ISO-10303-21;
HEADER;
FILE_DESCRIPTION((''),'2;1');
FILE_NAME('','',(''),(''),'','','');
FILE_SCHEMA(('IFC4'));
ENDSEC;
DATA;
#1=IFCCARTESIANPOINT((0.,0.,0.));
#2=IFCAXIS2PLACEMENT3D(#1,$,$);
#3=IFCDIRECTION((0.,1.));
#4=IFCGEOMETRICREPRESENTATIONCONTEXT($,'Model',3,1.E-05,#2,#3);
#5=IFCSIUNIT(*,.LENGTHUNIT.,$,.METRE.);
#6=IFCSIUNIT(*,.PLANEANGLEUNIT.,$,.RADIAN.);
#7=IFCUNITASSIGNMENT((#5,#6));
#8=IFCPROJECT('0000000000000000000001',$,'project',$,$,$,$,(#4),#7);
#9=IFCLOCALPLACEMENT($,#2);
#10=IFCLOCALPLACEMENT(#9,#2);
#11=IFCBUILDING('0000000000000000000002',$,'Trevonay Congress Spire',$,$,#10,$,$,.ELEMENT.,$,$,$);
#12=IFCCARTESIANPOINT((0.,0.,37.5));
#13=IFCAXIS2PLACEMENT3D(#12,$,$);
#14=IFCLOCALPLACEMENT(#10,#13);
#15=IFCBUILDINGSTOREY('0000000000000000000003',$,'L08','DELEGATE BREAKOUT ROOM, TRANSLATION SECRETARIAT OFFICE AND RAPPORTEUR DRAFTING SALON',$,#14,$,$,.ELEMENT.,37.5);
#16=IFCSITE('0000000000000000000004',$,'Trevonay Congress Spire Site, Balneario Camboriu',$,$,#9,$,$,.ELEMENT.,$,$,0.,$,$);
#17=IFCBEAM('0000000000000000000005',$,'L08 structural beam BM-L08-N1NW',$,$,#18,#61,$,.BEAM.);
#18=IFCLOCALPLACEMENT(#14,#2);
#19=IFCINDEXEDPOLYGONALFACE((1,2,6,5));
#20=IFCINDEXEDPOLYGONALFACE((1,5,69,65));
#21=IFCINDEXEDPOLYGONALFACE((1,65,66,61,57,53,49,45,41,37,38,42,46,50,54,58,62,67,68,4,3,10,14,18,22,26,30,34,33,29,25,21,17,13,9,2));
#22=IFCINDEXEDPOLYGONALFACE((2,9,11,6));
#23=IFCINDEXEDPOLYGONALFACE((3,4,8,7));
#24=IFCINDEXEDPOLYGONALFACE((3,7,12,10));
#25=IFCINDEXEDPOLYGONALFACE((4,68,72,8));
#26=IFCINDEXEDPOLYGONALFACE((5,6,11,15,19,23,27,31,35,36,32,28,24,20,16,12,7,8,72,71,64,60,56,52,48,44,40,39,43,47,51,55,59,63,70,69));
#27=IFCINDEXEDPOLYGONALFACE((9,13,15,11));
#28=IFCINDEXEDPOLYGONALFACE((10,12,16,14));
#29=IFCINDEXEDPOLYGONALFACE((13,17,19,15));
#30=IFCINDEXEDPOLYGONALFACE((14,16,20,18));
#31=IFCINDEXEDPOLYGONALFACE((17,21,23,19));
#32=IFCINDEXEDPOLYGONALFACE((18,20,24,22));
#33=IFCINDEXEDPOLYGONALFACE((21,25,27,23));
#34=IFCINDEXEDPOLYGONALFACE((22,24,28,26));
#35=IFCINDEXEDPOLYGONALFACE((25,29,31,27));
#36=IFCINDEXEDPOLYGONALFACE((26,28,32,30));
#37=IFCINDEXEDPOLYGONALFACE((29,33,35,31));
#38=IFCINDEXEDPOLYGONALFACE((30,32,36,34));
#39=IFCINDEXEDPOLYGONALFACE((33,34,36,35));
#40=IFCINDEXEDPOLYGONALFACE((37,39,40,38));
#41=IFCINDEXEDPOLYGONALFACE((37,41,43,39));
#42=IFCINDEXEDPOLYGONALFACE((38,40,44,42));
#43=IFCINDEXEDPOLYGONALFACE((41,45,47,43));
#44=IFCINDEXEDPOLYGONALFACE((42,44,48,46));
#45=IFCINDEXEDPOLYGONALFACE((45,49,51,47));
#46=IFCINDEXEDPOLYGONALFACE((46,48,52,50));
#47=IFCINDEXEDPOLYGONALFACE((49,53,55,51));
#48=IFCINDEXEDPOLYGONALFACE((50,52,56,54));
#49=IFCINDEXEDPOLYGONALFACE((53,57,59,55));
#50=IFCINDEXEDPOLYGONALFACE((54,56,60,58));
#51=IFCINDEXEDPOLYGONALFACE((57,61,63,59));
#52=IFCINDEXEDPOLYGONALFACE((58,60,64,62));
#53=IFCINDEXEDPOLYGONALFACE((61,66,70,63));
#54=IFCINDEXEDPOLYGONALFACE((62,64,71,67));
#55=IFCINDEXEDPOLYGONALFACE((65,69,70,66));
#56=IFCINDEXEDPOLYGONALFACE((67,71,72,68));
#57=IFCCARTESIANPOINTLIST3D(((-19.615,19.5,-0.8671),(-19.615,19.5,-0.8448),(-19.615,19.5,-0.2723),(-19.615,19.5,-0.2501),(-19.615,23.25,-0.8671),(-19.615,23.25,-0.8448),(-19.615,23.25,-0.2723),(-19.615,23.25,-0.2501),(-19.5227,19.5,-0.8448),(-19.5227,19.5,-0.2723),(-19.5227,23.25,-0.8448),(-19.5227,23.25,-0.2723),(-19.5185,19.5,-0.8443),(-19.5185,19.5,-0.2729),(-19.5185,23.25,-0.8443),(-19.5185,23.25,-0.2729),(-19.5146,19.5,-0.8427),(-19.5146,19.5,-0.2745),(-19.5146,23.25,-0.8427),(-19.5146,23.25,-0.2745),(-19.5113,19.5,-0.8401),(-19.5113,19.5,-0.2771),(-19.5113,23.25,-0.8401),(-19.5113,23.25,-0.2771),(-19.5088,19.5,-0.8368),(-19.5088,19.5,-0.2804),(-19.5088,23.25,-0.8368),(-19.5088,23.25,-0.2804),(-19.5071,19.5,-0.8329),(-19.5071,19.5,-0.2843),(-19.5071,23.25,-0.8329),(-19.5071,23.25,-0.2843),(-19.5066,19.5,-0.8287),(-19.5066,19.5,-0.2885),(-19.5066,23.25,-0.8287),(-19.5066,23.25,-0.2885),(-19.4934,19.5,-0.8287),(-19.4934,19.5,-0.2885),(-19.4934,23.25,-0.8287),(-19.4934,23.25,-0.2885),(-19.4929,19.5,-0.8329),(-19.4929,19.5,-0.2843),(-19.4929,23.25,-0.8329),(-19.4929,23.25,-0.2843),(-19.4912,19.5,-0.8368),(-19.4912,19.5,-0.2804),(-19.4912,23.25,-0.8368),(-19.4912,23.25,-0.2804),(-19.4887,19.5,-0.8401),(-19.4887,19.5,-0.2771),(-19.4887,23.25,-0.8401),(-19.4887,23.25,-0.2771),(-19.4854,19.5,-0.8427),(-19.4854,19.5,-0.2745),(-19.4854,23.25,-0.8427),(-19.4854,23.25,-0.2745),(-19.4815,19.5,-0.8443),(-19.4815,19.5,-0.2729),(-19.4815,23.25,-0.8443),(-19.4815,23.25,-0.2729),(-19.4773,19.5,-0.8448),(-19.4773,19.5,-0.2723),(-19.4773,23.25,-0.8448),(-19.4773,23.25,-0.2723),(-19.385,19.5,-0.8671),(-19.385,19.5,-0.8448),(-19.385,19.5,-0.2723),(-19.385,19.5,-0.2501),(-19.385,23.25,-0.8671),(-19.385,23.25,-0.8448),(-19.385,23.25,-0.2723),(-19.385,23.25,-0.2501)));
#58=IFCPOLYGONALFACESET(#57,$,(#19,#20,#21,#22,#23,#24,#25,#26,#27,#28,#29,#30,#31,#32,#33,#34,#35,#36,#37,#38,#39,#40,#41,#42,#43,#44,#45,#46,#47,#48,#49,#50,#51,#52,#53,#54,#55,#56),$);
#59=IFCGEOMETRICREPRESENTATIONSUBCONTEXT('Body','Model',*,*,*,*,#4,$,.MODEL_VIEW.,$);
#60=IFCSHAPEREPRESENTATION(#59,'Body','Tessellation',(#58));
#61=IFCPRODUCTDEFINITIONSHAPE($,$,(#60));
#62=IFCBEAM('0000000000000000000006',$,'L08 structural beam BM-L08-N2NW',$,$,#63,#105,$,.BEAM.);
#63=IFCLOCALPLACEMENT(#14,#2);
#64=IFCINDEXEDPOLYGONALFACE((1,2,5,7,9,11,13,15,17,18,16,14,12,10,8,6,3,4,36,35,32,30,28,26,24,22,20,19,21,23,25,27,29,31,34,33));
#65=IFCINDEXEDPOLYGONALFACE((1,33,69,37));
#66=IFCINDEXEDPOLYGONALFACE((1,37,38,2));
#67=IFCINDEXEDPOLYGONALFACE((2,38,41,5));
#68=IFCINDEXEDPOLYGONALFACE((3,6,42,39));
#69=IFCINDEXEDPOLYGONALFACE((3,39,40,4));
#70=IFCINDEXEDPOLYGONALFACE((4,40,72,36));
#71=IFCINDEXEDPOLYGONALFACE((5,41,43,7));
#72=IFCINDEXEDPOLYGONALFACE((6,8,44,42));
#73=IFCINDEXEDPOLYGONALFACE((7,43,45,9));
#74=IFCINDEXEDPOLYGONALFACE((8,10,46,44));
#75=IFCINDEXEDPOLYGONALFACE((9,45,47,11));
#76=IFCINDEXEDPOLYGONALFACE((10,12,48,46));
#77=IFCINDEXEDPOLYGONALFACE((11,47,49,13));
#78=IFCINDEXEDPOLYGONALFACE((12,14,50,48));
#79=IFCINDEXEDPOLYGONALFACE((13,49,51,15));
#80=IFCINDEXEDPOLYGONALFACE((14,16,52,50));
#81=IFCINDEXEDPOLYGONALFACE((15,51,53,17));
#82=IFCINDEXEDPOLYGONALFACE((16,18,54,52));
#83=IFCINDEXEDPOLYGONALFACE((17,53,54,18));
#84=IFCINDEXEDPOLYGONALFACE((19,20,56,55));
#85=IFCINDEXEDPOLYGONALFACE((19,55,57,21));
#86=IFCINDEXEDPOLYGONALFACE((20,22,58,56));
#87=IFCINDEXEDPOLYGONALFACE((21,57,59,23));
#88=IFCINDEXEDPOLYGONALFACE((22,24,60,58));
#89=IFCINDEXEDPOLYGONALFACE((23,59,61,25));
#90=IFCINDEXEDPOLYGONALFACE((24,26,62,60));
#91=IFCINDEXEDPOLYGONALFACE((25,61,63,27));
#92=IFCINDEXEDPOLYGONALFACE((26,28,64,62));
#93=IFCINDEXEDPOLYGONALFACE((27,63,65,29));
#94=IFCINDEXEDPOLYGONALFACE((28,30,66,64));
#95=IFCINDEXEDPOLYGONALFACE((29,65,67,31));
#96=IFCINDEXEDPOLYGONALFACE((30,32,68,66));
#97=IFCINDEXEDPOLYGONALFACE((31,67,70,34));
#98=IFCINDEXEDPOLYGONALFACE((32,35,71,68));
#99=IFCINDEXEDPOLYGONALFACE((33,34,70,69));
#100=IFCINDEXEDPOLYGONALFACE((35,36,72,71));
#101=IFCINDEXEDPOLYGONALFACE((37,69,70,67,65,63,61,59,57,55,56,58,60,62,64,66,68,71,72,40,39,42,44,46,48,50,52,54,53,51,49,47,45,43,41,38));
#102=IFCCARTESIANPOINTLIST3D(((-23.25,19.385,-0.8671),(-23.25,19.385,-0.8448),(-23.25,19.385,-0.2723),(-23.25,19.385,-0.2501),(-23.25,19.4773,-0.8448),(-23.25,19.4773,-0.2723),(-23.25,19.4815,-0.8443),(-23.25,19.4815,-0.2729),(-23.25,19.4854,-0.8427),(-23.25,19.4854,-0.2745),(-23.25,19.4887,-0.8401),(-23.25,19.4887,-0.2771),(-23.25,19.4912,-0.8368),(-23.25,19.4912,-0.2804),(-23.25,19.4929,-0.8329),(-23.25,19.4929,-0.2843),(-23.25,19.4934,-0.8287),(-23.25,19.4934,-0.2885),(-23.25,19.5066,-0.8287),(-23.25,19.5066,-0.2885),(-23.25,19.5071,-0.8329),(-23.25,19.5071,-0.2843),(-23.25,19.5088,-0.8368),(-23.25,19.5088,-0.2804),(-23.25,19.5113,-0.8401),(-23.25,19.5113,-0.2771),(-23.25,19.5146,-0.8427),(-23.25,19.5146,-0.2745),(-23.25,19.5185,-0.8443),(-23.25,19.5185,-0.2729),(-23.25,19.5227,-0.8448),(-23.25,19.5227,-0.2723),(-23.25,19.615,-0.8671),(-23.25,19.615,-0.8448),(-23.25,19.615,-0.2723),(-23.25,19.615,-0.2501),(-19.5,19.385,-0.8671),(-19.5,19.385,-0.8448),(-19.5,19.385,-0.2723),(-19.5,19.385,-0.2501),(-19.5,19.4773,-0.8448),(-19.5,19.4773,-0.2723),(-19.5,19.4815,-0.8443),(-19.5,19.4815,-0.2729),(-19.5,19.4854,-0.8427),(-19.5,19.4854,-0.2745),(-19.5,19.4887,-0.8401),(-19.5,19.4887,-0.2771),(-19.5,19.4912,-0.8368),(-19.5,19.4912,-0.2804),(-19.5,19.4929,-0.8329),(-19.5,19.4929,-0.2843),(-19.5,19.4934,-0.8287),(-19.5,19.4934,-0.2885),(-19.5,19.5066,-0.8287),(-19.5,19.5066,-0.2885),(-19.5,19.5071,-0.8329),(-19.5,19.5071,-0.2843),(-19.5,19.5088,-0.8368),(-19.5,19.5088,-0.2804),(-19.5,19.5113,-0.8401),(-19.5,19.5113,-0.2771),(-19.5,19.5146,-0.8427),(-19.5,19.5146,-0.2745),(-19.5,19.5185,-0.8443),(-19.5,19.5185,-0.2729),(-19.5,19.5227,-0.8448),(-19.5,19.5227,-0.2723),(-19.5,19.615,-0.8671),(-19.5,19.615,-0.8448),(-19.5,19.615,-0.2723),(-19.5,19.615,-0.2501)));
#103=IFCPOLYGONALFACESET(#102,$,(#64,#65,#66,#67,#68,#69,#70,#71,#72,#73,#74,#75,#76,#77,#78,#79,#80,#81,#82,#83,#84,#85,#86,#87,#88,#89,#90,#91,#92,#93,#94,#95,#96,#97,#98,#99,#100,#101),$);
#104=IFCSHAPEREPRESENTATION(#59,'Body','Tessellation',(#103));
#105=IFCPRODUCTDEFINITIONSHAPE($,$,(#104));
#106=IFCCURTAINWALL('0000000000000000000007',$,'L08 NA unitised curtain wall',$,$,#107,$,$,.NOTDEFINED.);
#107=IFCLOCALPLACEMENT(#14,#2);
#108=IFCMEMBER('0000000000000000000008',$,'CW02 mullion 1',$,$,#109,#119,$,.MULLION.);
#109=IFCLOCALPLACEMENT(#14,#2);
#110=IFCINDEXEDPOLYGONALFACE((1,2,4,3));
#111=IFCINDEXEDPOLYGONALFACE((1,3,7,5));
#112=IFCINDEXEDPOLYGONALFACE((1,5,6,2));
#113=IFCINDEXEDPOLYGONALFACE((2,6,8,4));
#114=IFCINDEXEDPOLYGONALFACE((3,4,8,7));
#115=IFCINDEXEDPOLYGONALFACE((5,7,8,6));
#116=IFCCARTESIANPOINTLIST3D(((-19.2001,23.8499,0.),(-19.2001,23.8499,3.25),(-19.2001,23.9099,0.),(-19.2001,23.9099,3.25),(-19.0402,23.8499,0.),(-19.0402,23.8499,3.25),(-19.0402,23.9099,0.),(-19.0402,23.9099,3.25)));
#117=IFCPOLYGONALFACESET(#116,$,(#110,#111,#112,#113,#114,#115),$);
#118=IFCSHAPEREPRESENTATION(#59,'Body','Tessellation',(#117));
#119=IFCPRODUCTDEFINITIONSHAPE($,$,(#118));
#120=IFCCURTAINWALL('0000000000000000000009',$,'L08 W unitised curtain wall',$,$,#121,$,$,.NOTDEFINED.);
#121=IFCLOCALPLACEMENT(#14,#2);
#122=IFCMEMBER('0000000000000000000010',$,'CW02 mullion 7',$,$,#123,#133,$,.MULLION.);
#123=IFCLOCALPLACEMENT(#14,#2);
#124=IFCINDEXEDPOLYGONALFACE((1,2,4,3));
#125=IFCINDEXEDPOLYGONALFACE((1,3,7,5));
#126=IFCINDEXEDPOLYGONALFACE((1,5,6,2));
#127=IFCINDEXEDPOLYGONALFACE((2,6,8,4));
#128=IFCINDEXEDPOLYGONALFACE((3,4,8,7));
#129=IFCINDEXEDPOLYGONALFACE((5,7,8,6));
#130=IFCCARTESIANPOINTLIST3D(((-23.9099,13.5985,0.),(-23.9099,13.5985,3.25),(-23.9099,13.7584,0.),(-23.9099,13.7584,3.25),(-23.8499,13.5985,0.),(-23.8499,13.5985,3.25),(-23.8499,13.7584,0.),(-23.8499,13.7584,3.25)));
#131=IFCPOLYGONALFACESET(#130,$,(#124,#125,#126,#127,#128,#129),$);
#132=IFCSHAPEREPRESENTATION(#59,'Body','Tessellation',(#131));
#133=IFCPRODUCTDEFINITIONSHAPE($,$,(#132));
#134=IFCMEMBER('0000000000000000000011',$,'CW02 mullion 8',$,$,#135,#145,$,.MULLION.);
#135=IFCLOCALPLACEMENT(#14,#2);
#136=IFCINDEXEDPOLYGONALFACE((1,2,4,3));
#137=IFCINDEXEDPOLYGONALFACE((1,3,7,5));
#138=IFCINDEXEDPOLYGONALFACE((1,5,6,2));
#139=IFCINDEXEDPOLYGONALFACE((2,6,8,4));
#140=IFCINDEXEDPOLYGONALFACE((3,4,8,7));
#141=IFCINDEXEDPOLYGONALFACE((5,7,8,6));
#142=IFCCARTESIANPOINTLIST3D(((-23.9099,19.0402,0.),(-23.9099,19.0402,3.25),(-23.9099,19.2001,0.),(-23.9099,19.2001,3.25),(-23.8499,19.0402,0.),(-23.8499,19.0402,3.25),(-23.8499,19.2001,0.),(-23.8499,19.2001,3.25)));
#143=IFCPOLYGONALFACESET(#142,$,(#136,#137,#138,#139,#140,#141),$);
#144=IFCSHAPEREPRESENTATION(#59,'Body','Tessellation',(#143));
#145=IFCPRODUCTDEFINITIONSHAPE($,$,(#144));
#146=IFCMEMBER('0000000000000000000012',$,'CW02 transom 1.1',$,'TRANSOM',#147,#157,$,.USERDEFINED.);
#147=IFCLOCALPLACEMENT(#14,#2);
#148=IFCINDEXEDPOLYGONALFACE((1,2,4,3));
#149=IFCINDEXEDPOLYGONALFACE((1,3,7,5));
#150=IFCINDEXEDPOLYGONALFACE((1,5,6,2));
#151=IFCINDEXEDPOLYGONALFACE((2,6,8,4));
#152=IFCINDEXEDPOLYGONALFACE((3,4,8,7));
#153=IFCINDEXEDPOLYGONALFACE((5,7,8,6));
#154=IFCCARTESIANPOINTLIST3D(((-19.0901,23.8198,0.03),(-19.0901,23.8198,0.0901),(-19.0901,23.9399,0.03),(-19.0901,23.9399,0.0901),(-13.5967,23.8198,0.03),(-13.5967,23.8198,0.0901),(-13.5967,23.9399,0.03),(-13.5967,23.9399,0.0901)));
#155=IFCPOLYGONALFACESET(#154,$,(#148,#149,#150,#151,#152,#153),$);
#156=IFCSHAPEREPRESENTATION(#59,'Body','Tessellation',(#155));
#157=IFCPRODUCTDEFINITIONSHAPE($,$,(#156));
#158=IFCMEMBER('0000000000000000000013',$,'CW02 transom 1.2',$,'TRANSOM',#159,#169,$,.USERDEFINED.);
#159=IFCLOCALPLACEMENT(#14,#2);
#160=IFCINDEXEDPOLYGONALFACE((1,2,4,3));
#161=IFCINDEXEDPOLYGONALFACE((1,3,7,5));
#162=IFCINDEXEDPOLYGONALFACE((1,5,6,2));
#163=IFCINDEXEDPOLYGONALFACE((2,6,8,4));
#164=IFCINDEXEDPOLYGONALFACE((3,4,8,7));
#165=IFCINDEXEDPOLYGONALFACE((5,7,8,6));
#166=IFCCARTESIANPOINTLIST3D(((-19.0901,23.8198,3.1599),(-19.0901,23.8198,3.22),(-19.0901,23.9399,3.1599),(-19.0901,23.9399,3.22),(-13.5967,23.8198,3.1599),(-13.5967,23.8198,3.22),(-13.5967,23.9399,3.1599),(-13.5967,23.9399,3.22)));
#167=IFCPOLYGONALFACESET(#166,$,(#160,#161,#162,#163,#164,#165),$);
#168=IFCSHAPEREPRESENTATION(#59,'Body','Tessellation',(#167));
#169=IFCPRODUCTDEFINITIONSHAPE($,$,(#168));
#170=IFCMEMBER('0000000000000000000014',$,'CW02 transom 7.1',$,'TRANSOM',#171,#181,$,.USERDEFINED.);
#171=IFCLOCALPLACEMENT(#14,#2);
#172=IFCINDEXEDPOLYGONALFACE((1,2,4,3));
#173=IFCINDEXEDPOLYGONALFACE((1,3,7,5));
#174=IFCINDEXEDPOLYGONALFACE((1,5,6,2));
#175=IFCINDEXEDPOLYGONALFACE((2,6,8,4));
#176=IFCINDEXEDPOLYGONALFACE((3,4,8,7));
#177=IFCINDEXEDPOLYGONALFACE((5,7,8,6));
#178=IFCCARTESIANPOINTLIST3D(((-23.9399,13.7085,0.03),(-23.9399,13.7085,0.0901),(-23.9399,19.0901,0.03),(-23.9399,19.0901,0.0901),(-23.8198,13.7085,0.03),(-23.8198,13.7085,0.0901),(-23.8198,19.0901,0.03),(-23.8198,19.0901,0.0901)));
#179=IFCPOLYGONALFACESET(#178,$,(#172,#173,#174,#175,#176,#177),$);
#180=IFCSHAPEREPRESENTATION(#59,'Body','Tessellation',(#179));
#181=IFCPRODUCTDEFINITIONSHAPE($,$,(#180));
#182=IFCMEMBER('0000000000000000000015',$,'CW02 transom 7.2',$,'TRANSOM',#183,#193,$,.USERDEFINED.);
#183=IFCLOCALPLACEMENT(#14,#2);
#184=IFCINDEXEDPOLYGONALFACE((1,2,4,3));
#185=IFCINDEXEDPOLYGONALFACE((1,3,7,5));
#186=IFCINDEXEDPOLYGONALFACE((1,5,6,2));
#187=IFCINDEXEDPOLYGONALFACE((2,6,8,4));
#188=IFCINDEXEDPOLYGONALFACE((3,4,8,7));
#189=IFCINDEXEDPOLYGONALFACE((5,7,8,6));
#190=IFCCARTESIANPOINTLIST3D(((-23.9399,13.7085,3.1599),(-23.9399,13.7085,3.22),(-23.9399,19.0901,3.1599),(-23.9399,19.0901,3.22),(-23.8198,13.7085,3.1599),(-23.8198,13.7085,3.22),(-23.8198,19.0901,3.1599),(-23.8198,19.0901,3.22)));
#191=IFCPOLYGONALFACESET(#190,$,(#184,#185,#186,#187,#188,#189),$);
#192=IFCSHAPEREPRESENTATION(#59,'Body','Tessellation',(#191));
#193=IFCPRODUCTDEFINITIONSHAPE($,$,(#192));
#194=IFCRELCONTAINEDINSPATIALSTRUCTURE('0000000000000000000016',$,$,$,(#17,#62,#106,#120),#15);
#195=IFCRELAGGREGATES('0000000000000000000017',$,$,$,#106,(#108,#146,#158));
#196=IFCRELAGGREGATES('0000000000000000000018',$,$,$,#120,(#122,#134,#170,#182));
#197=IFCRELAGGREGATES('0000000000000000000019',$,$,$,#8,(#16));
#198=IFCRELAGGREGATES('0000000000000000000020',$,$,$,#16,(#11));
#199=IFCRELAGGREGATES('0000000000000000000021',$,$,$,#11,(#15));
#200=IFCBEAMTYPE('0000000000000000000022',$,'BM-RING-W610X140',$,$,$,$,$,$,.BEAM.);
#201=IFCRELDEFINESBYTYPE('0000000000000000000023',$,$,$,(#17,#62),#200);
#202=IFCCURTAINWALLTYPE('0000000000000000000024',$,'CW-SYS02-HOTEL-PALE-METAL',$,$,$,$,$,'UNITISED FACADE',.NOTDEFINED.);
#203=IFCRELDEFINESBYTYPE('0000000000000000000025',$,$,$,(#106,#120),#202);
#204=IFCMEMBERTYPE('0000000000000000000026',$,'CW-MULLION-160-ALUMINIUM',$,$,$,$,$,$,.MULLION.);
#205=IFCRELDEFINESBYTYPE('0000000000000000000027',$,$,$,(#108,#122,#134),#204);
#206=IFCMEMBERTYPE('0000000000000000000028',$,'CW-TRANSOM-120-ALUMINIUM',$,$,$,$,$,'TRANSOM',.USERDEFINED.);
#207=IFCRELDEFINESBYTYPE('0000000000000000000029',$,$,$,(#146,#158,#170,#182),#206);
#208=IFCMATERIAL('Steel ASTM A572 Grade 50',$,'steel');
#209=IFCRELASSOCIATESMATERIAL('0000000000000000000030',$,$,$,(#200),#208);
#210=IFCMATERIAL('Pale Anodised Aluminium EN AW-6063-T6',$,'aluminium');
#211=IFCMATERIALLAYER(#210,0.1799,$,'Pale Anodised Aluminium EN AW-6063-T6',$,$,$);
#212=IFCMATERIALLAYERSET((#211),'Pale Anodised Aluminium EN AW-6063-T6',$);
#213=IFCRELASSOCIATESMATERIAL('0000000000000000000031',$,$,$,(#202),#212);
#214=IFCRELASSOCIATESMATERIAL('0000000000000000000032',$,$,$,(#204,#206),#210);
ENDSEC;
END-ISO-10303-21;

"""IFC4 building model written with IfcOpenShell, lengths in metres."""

from ifc_helpers import new_model, si_unit, direction, frame, origin, origin_2d, place, context, subcontext, project, spatial, rectangle, i_section, extrude, material, layer, layer_set, material_profile, profile_set, type_object, element, aggregate, save


model = new_model("IFC4")

# Units and contexts
model_context = context("Model", 3, precision=1e-05, world=origin(), true_north=direction((0.0, 1.0)))
body_context = subcontext(model_context, "Body", "Model", "MODEL_VIEW")
ifc_project = project(units=[si_unit("LENGTHUNIT", "METRE"), si_unit("PLANEANGLEUNIT", "RADIAN")], contexts=[model_context])

# Site, building, storey
site_placement = place(None, origin())
site = spatial("IfcSite", under=ifc_project, at=site_placement, Name="Trevonay Congress Spire Site, Balneario Camboriu", CompositionType="ELEMENT", RefElevation=0.0)
building_placement = place(site_placement, origin())
building = spatial("IfcBuilding", under=site, at=building_placement, Name="Trevonay Congress Spire", CompositionType="ELEMENT")
storey_placement = place(building_placement, frame((0.0, 0.0, 37.5)))
storey = spatial("IfcBuildingStorey", under=building, at=storey_placement, Name="L08", Description="DELEGATE BREAKOUT ROOM, TRANSLATION SECRETARIAT OFFICE AND RAPPORTEUR DRAFTING SALON", CompositionType="ELEMENT", Elevation=37.5)

# Shared definitions
ifc_material_1 = material(Name="Steel ASTM A572 Grade 50", Category="steel")

# Beams
ifc_material_profile_1 = material_profile(ifc_material_1, i_section(OverallWidth=0.23, OverallDepth=0.6169, WebThickness=0.0132, FlangeThickness=0.0222, FilletRadius=0.0161, at=origin_2d()), Name="W610x140")
ifc_profile_set_1 = profile_set([ifc_material_profile_1], Name="Steel ASTM A572 Grade 50")
beam_type_1 = type_object("IfcBeamType", Name="BM-RING-W610X140", PredefinedType="BEAM", material=ifc_profile_set_1)
for number, where, z_axis, x_axis, name in (
    (1, (-19.5, 23.25, -0.5586), (0.0, -1.0, 0.0), (1.0, 0.0, 0.0), "L08 structural beam BM-L08-N1NW"),
    (2, (-23.25, 19.5, -0.5586), (1.0, 0.0, 0.0), (0.0, 1.0, 0.0), "L08 structural beam BM-L08-N2NW"),
):
    element("IfcBeam", number, at=place(storey_placement, frame(where, z_axis=z_axis, x_axis=x_axis)), inside=storey, type_object=beam_type_1, Name=name, PredefinedType="BEAM", context=body_context, shape_type="SweptSolid", body=[
        extrude(i_section(OverallWidth=0.23, OverallDepth=0.6169, WebThickness=0.0132, FlangeThickness=0.0222, FilletRadius=0.0161, at=origin_2d()), origin(), (0.0, 0.0, 1.0), 3.75),
    ])

# Curtain wall, member
ifc_material_2 = material(Name="Pale Anodised Aluminium EN AW-6063-T6", Category="aluminium")
ifc_layer_1 = layer(ifc_material_2, 0.1799, Name="Pale Anodised Aluminium EN AW-6063-T6")
ifc_layer_set_1 = layer_set([ifc_layer_1], Name="Pale Anodised Aluminium EN AW-6063-T6")
curtain_wall_type = type_object("IfcCurtainWallType", Name="CW-SYS02-HOTEL-PALE-METAL", ElementType="UNITISED FACADE", PredefinedType="NOTDEFINED", material=ifc_layer_set_1)
curtain_wall_1_placement = place(storey_placement, origin())
curtain_wall_1 = element("IfcCurtainWall", 3, at=curtain_wall_1_placement, inside=storey, type_object=curtain_wall_type, Name="L08 NA unitised curtain wall", PredefinedType="NOTDEFINED")
ifc_material_profile_2 = material_profile(ifc_material_2, rectangle(XDim=0.0601, YDim=0.1599, at=origin_2d()), Name="CW-MULLION-160-ALUMINIUM")
ifc_profile_set_2 = profile_set([ifc_material_profile_2], Name="Pale Anodised Aluminium EN AW-6063-T6")
member_type_1 = type_object("IfcMemberType", Name="CW-MULLION-160-ALUMINIUM", PredefinedType="MULLION", material=ifc_profile_set_2)
member_1_placement = place(storey_placement, frame((-19.1201, 23.8799, 0.0), z_axis=(0.0, 0.0, 1.0), x_axis=(0.0, 1.0, 0.0)))
member_1 = element("IfcMember", 4, at=member_1_placement, type_object=member_type_1, Name="CW02 mullion 1", PredefinedType="MULLION", context=body_context, shape_type="SweptSolid", body=[
    extrude(rectangle(XDim=0.0601, YDim=0.1599, at=origin_2d()), origin(), (0.0, 0.0, 1.0), 3.25),
])

# Curtain wall, members
curtain_wall_2_placement = place(storey_placement, origin())
curtain_wall_2 = element("IfcCurtainWall", 5, at=curtain_wall_2_placement, inside=storey, type_object=curtain_wall_type, Name="L08 W unitised curtain wall", PredefinedType="NOTDEFINED")
member_2_placement = place(storey_placement, frame((-23.8799, 13.6785, 0.0), z_axis=(0.0, 0.0, 1.0), x_axis=(-1.0, 0.0, 0.0)))
member_2 = element("IfcMember", 6, at=member_2_placement, type_object=member_type_1, Name="CW02 mullion 7", PredefinedType="MULLION", context=body_context, shape_type="SweptSolid", body=[
    extrude(rectangle(XDim=0.0601, YDim=0.1599, at=origin_2d()), origin(), (0.0, 0.0, 1.0), 3.25),
])
member_3_placement = place(storey_placement, frame((-23.8799, 19.1201, 0.0), z_axis=(0.0, 0.0, 1.0), x_axis=(-1.0, 0.0, 0.0)))
member_3 = element("IfcMember", 7, at=member_3_placement, type_object=member_type_1, Name="CW02 mullion 8", PredefinedType="MULLION", context=body_context, shape_type="SweptSolid", body=[
    extrude(rectangle(XDim=0.0601, YDim=0.1599, at=origin_2d()), origin(), (0.0, 0.0, 1.0), 3.25),
])

# Members
ifc_material_profile_3 = material_profile(ifc_material_2, rectangle(XDim=0.1201, YDim=0.0601, at=origin_2d()), Name="CW-TRANSOM-120-ALUMINIUM")
ifc_profile_set_3 = profile_set([ifc_material_profile_3], Name="Pale Anodised Aluminium EN AW-6063-T6")
member_type_2 = type_object("IfcMemberType", Name="CW-TRANSOM-120-ALUMINIUM", ElementType="TRANSOM", PredefinedType="USERDEFINED", material=ifc_profile_set_3)
member_4_placement = place(storey_placement, frame((-19.0901, 23.8799, 0.0601), z_axis=(1.0, 0.0, 0.0), x_axis=(0.0, 1.0, 0.0)))
member_4 = element("IfcMember", 8, at=member_4_placement, type_object=member_type_2, Name="CW02 transom 1.1", ObjectType="TRANSOM", PredefinedType="USERDEFINED", context=body_context, shape_type="SweptSolid", body=[
    extrude(rectangle(XDim=0.1201, YDim=0.0601, at=origin_2d()), origin(), (0.0, 0.0, 1.0), 5.4934),
])
member_5_placement = place(storey_placement, frame((-19.0901, 23.8799, 3.1899), z_axis=(1.0, 0.0, 0.0), x_axis=(0.0, 1.0, 0.0)))
member_5 = element("IfcMember", 9, at=member_5_placement, type_object=member_type_2, Name="CW02 transom 1.2", ObjectType="TRANSOM", PredefinedType="USERDEFINED", context=body_context, shape_type="SweptSolid", body=[
    extrude(rectangle(XDim=0.1201, YDim=0.0601, at=origin_2d()), origin(), (0.0, 0.0, 1.0), 5.4934),
])
aggregate(curtain_wall_1, [member_1, member_4, member_5])
member_6_placement = place(storey_placement, frame((-23.8799, 13.7085, 0.0601), z_axis=(0.0, 1.0, 0.0), x_axis=(-1.0, 0.0, 0.0)))
member_6 = element("IfcMember", 10, at=member_6_placement, type_object=member_type_2, Name="CW02 transom 7.1", ObjectType="TRANSOM", PredefinedType="USERDEFINED", context=body_context, shape_type="SweptSolid", body=[
    extrude(rectangle(XDim=0.1201, YDim=0.0601, at=origin_2d()), origin(), (0.0, 0.0, 1.0), 5.3816),
])
member_7_placement = place(storey_placement, frame((-23.8799, 13.7085, 3.1899), z_axis=(0.0, 1.0, 0.0), x_axis=(-1.0, 0.0, 0.0)))
member_7 = element("IfcMember", 11, at=member_7_placement, type_object=member_type_2, Name="CW02 transom 7.2", ObjectType="TRANSOM", PredefinedType="USERDEFINED", context=body_context, shape_type="SweptSolid", body=[
    extrude(rectangle(XDim=0.1201, YDim=0.0601, at=origin_2d()), origin(), (0.0, 0.0, 1.0), 5.3816),
])

aggregate(curtain_wall_2, [member_2, member_3, member_6, member_7])

save(model, "model.ifc")
